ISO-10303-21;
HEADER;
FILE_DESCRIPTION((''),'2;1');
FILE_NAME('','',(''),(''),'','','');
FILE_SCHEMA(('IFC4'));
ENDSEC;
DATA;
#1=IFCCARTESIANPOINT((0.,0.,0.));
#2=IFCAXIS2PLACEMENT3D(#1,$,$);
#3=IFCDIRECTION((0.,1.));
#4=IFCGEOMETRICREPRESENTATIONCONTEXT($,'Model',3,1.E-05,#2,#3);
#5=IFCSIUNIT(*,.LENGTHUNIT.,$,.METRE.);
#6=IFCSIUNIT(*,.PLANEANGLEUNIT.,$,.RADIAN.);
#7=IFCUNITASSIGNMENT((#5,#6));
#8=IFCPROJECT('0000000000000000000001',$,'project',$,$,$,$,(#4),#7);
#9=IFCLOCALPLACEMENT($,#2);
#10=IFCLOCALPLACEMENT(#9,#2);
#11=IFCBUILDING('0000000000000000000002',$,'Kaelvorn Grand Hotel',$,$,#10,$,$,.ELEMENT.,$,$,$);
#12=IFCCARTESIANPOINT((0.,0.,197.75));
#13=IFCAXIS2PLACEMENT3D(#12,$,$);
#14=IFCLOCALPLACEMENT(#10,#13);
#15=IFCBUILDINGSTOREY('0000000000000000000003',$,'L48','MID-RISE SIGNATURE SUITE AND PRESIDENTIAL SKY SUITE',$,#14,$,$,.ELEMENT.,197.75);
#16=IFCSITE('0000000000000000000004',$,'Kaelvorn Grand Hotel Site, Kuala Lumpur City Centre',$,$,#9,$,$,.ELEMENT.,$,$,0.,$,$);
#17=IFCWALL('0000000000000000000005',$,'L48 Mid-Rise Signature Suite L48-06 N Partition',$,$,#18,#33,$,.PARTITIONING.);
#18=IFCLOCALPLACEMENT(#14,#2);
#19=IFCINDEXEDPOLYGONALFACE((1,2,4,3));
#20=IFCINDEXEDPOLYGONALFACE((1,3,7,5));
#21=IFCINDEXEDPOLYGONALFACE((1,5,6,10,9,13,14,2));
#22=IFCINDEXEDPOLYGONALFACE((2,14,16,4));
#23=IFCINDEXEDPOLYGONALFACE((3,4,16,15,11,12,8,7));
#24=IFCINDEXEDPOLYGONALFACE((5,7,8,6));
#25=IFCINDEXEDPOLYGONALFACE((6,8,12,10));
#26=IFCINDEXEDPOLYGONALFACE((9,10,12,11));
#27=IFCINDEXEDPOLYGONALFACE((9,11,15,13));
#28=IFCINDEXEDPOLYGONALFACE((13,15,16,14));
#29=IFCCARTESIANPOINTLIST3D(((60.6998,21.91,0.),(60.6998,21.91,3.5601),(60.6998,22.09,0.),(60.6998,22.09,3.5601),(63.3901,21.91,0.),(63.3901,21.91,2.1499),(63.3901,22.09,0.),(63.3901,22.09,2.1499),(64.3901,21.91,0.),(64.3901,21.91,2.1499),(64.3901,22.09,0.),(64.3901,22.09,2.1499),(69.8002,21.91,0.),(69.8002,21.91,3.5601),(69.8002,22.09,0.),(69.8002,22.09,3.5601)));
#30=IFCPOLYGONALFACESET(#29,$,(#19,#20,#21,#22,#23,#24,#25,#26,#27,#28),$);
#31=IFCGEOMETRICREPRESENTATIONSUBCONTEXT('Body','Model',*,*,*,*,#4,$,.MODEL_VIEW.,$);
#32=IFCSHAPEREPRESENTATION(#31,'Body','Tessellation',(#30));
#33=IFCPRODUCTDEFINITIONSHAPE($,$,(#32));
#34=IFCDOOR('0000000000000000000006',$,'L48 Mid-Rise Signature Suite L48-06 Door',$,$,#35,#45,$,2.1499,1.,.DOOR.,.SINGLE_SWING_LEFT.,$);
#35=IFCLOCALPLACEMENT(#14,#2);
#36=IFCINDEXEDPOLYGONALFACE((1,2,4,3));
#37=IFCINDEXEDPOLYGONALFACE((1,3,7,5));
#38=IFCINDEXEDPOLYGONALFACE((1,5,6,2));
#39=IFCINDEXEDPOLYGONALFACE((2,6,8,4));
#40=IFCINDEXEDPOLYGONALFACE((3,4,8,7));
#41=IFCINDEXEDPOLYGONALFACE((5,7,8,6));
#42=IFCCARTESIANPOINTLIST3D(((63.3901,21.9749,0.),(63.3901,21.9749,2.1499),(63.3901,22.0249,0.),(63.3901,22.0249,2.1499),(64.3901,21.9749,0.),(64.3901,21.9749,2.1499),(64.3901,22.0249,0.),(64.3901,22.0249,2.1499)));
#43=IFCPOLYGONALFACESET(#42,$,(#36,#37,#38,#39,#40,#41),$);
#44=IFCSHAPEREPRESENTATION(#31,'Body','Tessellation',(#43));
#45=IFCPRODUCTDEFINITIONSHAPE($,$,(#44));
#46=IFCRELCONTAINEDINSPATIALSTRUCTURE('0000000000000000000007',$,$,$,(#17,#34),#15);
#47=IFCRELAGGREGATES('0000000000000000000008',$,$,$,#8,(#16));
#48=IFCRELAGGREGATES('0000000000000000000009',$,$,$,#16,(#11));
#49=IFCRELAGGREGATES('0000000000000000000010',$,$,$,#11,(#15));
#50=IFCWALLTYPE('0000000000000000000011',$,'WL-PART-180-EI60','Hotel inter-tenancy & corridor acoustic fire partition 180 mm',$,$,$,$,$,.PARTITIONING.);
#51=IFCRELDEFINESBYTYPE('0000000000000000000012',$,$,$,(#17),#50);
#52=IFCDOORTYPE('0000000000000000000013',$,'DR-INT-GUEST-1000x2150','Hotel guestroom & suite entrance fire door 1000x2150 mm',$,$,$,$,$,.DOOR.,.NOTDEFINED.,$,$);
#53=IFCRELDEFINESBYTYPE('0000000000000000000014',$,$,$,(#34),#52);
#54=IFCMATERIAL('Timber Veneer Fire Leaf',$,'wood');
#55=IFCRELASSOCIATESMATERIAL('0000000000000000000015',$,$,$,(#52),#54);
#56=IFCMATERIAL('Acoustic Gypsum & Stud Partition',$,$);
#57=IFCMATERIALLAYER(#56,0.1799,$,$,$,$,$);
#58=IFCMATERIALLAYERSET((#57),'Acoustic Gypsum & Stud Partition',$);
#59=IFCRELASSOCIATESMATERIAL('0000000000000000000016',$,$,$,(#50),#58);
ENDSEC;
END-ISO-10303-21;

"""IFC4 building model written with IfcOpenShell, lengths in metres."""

from ifc_helpers import new_model, si_unit, direction, frame, frame_2d, origin, place, context, subcontext, project, spatial, rectangle, extrude, material, layer, layer_set, type_object, element, fill, save


model = new_model("IFC4")

# Units and contexts
model_context = context("Model", 3, precision=1e-05, world=origin(), true_north=direction((0.0, 1.0)))
body_context = subcontext(model_context, "Body", "Model", "MODEL_VIEW")
ifc_project = project(units=[si_unit("LENGTHUNIT", "METRE"), si_unit("PLANEANGLEUNIT", "RADIAN")], contexts=[model_context])

# Site, building, storey
site_placement = place(None, origin())
site = spatial("IfcSite", under=ifc_project, at=site_placement, Name="Kaelvorn Grand Hotel Site, Kuala Lumpur City Centre", CompositionType="ELEMENT", RefElevation=0.0)
building_placement = place(site_placement, origin())
building = spatial("IfcBuilding", under=site, at=building_placement, Name="Kaelvorn Grand Hotel", CompositionType="ELEMENT")
storey_placement = place(building_placement, frame((0.0, 0.0, 197.75)))
storey = spatial("IfcBuildingStorey", under=building, at=storey_placement, Name="L48", Description="MID-RISE SIGNATURE SUITE AND PRESIDENTIAL SKY SUITE", CompositionType="ELEMENT", Elevation=197.75)

# Shared definitions
ifc_material_1 = material(Name="Acoustic Gypsum & Stud Partition")
ifc_material_2 = material(Name="Timber Veneer Fire Leaf", Category="wood")
door_type_1 = type_object("IfcDoorType", Name="DR-INT-GUEST-1000x2150", Description="Hotel guestroom & suite entrance fire door 1000x2150 mm", OperationType="NOTDEFINED", PredefinedType="DOOR", material=ifc_material_2)

# Wall, opening, door
ifc_layer_1 = layer(ifc_material_1, 0.1799)
ifc_layer_set_1 = layer_set([ifc_layer_1], Name="Acoustic Gypsum & Stud Partition")
wall_type_1 = type_object("IfcWallType", Name="WL-PART-180-EI60", Description="Hotel inter-tenancy & corridor acoustic fire partition 180 mm", PredefinedType="PARTITIONING", material=ifc_layer_set_1)
wall_1_placement = place(storey_placement, frame((60.6997, 22.0, 0.0), z_axis=(0.0, 0.0, 1.0), x_axis=(1.0, 0.0, 0.0)))
wall_1 = element("IfcWall", 1, at=wall_1_placement, inside=storey, type_object=wall_type_1, Name="L48 Mid-Rise Signature Suite L48-06 N Partition", PredefinedType="PARTITIONING", context=body_context, shape_type="SweptSolid", body=[
    extrude(rectangle(XDim=9.1003, YDim=0.1799, at=frame_2d((4.5503, 0.0))), origin(), (0.0, 0.0, 1.0), 3.5601),
])
opening_1_placement = place(wall_1_placement, frame((2.6904, 0.0, 0.0)))
opening_1 = element("IfcOpeningElement", 2, at=opening_1_placement, cuts=wall_1, PredefinedType="OPENING", context=body_context, shape_type="SweptSolid", body=[
    extrude(rectangle(XDim=1.0, YDim=2.1499, at=frame_2d((0.5, 1.075))), frame((0.0, 0.1001, 0.0), z_axis=(0.0, -1.0, 0.0), x_axis=(1.0, 0.0, 0.0)), (0.0, 0.0, 1.0), 0.2),
])
door_1_placement = place(opening_1_placement, origin())
door_1 = element("IfcDoor", 3, at=door_1_placement, inside=storey, type_object=door_type_1, Name="L48 Mid-Rise Signature Suite L48-06 Door", OperationType="SINGLE_SWING_LEFT", OverallHeight=2.1499, OverallWidth=1.0, PredefinedType="DOOR", context=body_context, shape_type="SweptSolid", body=[
    extrude(rectangle(XDim=1.0, YDim=2.1499, at=frame_2d((0.5, 1.075))), frame((0.0, 0.0249, 0.0), z_axis=(0.0, -1.0, 0.0), x_axis=(1.0, 0.0, 0.0)), (0.0, 0.0, 1.0), 0.05),
])
fill(opening_1, door_1)

save(model, "model.ifc")
